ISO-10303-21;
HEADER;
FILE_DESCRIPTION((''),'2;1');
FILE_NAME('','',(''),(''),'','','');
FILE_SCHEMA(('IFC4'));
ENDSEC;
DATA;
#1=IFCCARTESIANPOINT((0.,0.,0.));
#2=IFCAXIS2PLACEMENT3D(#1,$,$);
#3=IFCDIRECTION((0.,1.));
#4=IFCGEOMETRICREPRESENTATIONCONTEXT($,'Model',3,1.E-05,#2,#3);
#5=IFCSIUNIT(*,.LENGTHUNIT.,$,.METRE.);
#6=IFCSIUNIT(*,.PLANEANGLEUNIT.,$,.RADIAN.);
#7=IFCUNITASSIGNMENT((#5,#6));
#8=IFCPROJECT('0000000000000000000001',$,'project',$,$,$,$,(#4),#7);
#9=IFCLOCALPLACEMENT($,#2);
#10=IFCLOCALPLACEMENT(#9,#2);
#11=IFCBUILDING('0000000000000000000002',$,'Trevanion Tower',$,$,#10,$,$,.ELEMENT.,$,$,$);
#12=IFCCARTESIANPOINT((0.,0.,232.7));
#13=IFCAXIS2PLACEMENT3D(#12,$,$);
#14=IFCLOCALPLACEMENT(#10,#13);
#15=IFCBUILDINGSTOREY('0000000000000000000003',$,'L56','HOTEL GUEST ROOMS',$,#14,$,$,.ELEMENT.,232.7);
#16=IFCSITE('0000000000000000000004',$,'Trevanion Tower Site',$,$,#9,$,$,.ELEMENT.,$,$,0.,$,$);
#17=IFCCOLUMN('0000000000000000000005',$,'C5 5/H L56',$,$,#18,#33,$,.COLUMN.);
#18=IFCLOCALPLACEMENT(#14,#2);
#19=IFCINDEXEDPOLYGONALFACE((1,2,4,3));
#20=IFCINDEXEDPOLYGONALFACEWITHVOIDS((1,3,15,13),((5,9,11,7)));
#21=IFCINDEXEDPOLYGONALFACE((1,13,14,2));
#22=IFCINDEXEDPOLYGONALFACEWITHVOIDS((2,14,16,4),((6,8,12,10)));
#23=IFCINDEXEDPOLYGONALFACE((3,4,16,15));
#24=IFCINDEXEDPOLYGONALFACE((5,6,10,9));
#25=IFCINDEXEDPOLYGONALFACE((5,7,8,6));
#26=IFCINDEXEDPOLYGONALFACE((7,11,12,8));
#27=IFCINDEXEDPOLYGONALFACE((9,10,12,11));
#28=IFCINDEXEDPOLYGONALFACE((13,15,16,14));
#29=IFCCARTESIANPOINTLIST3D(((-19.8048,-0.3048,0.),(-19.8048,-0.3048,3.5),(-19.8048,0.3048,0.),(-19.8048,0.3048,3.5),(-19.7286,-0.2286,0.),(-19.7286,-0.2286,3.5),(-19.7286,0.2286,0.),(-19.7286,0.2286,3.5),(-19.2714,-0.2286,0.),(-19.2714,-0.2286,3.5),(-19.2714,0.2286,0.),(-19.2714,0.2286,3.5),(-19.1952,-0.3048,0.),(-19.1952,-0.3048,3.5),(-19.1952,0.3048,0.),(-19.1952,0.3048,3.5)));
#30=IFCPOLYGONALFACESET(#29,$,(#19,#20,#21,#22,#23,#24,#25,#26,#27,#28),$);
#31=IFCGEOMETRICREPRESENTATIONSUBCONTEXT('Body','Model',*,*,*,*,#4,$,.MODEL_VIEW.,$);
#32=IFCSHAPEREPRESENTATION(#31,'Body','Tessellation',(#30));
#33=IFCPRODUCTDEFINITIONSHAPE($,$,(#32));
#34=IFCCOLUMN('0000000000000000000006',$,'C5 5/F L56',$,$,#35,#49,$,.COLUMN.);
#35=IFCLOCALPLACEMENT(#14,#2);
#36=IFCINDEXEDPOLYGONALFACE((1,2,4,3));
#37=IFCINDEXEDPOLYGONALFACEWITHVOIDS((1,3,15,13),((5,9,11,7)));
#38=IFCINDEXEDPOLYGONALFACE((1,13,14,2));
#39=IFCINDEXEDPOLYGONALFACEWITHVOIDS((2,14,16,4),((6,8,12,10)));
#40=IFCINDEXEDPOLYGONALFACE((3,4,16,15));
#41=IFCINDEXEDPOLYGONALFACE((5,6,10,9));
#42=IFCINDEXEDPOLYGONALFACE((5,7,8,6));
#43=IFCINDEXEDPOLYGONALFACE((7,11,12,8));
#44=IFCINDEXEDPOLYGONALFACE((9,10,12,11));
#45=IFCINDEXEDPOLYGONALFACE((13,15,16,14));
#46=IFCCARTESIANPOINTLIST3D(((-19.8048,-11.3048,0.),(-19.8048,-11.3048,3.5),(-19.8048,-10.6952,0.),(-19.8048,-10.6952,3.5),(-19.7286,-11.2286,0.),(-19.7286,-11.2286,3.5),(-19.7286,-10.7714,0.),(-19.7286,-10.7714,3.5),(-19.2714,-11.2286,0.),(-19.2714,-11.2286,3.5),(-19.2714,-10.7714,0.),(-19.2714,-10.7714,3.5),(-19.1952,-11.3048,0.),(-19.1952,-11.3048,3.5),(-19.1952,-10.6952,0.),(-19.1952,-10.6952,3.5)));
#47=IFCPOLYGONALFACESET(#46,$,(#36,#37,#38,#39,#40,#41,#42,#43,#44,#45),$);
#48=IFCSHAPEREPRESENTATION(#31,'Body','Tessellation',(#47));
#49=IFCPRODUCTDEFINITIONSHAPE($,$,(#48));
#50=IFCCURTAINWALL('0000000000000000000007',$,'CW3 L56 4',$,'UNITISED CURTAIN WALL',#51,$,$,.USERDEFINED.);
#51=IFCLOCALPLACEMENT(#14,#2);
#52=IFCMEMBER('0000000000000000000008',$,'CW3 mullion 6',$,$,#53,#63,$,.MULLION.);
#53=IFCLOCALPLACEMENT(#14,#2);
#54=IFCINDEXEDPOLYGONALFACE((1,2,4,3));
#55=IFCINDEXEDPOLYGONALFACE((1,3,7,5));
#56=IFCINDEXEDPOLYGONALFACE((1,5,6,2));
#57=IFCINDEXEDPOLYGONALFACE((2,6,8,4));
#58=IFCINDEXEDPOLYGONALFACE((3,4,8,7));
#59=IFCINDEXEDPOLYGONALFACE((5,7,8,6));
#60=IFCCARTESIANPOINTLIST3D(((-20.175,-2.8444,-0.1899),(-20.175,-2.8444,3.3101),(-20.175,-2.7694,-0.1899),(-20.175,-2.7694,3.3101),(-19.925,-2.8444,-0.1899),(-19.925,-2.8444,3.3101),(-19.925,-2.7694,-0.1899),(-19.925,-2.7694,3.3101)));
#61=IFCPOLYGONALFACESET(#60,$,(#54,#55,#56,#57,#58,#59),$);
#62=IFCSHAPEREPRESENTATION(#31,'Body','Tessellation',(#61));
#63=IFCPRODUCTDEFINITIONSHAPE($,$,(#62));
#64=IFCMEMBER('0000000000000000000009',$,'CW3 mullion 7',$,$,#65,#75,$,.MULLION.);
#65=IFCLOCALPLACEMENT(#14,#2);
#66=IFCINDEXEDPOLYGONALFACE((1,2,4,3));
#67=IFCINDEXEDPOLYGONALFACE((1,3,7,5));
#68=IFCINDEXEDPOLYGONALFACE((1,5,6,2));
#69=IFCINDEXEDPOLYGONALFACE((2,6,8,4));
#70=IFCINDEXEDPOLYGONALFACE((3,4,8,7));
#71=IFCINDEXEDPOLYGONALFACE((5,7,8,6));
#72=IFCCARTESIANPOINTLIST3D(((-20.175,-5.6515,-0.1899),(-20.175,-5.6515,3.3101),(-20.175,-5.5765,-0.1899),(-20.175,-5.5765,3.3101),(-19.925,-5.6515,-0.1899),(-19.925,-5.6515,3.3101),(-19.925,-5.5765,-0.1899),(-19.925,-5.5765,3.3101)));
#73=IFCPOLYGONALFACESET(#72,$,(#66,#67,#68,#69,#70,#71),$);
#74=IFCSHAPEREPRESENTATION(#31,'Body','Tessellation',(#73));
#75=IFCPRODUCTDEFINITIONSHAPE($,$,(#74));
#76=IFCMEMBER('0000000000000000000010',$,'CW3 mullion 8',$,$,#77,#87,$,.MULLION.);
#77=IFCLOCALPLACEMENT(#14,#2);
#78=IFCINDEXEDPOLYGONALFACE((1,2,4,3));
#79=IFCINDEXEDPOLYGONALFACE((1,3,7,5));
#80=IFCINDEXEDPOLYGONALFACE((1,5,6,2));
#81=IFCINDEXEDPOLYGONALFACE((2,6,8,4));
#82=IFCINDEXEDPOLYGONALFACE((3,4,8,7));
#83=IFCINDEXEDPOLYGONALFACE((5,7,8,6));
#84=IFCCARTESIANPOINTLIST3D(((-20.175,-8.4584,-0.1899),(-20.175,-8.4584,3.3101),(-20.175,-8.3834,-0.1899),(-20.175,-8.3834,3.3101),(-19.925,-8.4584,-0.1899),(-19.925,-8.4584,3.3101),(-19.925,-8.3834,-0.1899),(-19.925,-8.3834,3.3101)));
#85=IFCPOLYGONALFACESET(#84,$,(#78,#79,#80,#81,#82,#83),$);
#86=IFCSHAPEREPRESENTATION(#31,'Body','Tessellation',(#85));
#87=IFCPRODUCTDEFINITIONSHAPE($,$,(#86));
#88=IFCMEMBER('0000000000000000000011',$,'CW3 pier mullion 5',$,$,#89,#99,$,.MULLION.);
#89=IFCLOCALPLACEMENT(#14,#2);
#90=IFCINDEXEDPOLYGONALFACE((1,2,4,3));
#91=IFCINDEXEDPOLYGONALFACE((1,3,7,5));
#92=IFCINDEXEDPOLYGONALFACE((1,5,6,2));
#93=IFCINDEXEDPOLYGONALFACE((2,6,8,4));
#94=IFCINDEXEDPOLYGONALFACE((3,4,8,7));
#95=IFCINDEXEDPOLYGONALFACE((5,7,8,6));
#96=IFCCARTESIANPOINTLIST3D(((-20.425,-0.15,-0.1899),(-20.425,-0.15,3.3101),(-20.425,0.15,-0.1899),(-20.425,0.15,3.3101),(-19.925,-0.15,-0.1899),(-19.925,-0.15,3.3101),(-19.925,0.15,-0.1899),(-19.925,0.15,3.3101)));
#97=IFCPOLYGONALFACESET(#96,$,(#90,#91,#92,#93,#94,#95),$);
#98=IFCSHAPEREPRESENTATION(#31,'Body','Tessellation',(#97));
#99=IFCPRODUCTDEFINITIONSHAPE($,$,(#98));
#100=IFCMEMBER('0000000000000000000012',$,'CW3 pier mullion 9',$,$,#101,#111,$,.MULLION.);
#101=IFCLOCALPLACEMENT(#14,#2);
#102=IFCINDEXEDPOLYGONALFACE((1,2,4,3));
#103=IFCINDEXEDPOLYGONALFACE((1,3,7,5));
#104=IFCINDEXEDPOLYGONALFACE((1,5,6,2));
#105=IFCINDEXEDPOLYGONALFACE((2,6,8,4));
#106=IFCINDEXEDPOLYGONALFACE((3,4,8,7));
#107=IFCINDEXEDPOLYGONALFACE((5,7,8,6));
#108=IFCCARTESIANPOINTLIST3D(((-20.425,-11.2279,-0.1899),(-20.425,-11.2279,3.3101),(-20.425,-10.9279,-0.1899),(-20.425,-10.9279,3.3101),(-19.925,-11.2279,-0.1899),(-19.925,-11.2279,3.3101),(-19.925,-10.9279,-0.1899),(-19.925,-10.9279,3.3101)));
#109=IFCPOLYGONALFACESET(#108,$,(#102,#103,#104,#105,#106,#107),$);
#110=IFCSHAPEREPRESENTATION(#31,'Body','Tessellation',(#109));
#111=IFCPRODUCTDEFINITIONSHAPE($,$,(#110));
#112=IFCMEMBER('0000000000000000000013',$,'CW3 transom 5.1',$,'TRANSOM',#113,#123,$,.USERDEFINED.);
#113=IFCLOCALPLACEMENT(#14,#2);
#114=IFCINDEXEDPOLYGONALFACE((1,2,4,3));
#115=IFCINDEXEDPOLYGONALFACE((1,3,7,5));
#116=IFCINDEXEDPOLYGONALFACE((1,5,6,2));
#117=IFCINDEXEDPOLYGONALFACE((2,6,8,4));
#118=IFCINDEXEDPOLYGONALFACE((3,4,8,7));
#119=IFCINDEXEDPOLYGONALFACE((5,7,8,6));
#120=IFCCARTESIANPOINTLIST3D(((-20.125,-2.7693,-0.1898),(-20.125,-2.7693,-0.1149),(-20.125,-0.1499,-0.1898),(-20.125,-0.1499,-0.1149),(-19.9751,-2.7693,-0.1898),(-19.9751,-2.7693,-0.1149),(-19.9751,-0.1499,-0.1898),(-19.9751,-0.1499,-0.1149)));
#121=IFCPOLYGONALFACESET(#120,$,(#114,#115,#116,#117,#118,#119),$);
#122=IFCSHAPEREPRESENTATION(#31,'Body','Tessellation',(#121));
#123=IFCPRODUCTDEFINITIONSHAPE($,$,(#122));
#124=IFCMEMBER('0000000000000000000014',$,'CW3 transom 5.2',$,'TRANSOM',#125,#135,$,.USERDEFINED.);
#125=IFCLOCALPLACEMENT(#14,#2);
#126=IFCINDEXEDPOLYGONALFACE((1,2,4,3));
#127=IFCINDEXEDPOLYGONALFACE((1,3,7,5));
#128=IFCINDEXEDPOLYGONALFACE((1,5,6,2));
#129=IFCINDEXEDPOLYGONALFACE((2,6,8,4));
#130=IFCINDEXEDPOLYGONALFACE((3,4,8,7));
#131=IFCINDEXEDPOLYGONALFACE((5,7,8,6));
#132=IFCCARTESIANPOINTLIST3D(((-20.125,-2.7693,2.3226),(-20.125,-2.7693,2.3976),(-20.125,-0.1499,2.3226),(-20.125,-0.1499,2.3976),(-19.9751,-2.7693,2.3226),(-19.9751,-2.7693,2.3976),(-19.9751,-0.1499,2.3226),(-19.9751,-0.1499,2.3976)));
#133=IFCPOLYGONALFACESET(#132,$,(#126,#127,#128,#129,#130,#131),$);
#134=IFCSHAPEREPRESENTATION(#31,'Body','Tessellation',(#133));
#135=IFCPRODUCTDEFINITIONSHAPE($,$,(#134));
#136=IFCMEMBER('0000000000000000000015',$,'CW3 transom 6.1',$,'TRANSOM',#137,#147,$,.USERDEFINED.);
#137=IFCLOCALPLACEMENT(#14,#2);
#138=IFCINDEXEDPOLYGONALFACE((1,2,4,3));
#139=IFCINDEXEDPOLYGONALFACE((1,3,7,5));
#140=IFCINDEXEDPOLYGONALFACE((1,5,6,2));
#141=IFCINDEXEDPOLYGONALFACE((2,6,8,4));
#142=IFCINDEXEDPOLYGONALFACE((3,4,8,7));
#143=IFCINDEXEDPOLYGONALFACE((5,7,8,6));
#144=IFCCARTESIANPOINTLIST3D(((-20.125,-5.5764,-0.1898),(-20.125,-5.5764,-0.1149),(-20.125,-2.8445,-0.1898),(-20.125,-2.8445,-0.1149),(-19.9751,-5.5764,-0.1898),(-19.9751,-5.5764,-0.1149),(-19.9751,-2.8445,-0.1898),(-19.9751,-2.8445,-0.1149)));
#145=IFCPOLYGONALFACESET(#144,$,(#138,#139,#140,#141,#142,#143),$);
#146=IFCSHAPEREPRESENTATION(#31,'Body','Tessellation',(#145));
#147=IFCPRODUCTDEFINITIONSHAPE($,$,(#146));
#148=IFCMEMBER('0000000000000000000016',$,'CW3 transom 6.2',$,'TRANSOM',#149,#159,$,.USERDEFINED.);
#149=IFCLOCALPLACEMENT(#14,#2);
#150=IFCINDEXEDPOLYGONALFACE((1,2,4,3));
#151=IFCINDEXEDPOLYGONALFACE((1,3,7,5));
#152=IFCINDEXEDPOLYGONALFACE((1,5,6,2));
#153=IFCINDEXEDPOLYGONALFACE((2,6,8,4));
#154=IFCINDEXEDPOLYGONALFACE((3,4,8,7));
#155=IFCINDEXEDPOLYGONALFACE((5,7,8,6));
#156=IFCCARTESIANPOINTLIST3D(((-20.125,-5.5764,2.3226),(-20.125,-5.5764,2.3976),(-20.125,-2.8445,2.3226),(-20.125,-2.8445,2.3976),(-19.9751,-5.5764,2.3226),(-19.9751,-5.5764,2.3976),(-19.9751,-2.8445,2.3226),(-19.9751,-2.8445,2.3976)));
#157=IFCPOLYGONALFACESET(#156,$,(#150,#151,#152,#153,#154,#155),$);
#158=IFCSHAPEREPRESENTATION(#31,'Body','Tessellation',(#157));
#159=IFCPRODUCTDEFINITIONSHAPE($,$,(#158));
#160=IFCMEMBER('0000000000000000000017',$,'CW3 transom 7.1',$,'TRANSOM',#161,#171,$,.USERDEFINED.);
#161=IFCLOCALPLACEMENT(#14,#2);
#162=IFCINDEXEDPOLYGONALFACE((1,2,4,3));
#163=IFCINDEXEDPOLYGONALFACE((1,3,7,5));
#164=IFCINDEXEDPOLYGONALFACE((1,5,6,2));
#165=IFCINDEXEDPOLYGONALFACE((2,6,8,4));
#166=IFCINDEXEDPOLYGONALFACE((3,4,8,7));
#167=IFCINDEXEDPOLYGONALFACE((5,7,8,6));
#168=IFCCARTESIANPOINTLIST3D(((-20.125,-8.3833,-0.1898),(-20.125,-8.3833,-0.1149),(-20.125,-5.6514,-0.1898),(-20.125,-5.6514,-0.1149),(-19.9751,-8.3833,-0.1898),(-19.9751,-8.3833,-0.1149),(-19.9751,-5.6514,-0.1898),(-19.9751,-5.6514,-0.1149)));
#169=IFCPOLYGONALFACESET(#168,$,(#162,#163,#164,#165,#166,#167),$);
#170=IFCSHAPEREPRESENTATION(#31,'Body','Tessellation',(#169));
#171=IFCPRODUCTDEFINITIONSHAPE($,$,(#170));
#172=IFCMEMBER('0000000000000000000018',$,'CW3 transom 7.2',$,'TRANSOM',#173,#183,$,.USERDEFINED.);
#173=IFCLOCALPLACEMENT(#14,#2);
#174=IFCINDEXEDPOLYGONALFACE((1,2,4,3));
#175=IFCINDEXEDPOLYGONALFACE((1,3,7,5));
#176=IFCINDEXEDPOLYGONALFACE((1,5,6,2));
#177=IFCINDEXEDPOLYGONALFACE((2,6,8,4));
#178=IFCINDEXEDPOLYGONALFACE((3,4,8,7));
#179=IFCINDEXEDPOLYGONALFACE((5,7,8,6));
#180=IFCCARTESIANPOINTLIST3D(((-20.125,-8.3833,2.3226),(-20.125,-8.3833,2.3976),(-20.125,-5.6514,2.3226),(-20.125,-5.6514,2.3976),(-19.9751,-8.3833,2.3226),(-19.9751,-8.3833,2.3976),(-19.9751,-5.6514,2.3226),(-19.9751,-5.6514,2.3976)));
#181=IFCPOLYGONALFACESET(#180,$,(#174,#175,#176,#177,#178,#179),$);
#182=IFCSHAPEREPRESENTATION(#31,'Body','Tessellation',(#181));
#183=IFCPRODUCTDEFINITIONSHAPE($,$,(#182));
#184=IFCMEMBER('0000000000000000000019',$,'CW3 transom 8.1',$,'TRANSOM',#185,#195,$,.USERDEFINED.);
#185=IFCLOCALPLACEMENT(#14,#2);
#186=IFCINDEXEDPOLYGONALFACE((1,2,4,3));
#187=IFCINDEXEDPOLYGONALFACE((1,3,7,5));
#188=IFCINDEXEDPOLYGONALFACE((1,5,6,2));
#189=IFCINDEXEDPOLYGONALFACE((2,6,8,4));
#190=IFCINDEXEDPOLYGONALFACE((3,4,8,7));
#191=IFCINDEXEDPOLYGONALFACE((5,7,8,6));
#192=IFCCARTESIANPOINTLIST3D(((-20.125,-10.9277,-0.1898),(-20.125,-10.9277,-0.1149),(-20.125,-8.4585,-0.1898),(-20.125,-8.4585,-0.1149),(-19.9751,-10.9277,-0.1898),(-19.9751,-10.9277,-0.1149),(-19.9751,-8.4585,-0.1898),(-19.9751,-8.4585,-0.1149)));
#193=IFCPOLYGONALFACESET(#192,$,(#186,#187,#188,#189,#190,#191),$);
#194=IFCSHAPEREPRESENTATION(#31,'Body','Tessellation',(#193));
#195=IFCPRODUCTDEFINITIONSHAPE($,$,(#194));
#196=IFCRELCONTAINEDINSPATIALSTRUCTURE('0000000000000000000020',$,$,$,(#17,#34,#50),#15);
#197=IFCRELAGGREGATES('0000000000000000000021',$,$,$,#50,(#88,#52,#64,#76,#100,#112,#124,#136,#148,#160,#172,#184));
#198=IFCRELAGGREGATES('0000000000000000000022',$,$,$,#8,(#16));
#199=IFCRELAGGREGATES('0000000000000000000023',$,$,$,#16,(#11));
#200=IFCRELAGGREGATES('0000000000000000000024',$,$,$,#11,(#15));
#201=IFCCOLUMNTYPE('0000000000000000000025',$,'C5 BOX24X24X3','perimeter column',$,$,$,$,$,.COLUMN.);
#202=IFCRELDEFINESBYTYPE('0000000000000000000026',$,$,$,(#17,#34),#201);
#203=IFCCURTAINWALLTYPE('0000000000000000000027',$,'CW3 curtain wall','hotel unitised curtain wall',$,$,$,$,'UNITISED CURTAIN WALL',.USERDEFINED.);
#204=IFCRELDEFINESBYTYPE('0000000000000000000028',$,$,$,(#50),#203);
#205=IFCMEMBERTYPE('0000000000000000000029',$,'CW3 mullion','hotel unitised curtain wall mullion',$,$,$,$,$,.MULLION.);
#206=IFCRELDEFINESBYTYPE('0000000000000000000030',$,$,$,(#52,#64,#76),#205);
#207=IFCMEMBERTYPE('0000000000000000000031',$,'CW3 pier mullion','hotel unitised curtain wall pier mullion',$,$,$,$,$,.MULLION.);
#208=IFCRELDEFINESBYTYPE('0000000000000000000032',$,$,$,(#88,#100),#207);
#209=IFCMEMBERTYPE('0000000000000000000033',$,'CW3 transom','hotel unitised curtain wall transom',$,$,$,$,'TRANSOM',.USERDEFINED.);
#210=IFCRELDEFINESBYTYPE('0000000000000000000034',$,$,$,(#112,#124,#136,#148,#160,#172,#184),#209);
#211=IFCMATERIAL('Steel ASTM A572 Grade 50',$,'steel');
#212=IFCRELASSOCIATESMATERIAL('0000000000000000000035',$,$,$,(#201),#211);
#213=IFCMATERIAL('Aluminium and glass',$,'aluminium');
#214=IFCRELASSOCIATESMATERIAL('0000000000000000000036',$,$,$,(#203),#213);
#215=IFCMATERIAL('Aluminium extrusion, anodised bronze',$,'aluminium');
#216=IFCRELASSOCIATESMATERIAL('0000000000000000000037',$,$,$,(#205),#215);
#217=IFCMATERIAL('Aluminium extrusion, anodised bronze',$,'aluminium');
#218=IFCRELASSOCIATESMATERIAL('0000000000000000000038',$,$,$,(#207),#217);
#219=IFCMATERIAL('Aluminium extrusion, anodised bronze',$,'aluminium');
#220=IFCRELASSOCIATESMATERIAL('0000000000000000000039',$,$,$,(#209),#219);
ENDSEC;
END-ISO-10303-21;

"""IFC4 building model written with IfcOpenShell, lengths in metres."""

from ifc_helpers import new_model, si_unit, direction, frame, origin, origin_2d, place, context, subcontext, project, spatial, rectangle, hollow_rectangle, extrude, material, material_profile, profile_set, type_object, element, aggregate, save


model = new_model("IFC4")

# Units and contexts
model_context = context("Model", 3, precision=1e-05, world=origin(), true_north=direction((0.0, 1.0)))
body_context = subcontext(model_context, "Body", "Model", "MODEL_VIEW")
ifc_project = project(units=[si_unit("LENGTHUNIT", "METRE"), si_unit("PLANEANGLEUNIT", "RADIAN")], contexts=[model_context])

# Site, building, storey
site_placement = place(None, origin())
site = spatial("IfcSite", under=ifc_project, at=site_placement, Name="Trevanion Tower Site", CompositionType="ELEMENT", RefElevation=0.0)
building_placement = place(site_placement, origin())
building = spatial("IfcBuilding", under=site, at=building_placement, Name="Trevanion Tower", CompositionType="ELEMENT")
storey_placement = place(building_placement, frame((0.0, 0.0, 232.7)))
storey = spatial("IfcBuildingStorey", under=building, at=storey_placement, Name="L56", Description="HOTEL GUEST ROOMS", CompositionType="ELEMENT", Elevation=232.7)

# Columns
ifc_material_1 = material(Name="Steel ASTM A572 Grade 50", Category="steel")
ifc_material_profile_1 = material_profile(ifc_material_1, hollow_rectangle(XDim=0.6096, YDim=0.6096, WallThickness=0.0762, at=origin_2d()), Name="BOX24X24X3")
ifc_profile_set_1 = profile_set([ifc_material_profile_1], Name="Steel ASTM A572 Grade 50")
column_type = type_object("IfcColumnType", Name="C5 BOX24X24X3", Description="perimeter column", PredefinedType="COLUMN", material=ifc_profile_set_1)
for number, where, z_axis, x_axis, name in (
    (1, (-19.5, 0.0, 0.0), (0.0, 0.0, 1.0), (0.0, 1.0, 0.0), "C5 5/H L56"),
    (2, (-19.5, -11.0, 0.0), (0.0, 0.0, 1.0), (0.0, 1.0, 0.0), "C5 5/F L56"),
):
    element("IfcColumn", number, at=place(storey_placement, frame(where, z_axis=z_axis, x_axis=x_axis)), inside=storey, type_object=column_type, Name=name, PredefinedType="COLUMN", context=body_context, shape_type="SweptSolid", body=[
        extrude(hollow_rectangle(XDim=0.6096, YDim=0.6096, WallThickness=0.0762, at=origin_2d()), origin(), (0.0, 0.0, 1.0), 3.5),
    ])

# Curtain wall, members
ifc_material_2 = material(Name="Aluminium and glass", Category="aluminium")
curtain_wall_type = type_object("IfcCurtainWallType", Name="CW3 curtain wall", Description="hotel unitised curtain wall", ElementType="UNITISED CURTAIN WALL", PredefinedType="USERDEFINED", material=ifc_material_2)
curtain_wall_placement = place(storey_placement, origin())
curtain_wall = element("IfcCurtainWall", 3, at=curtain_wall_placement, inside=storey, type_object=curtain_wall_type, Name="CW3 L56 4", ObjectType="UNITISED CURTAIN WALL", PredefinedType="USERDEFINED")
ifc_material_3 = material(Name="Aluminium extrusion, anodised bronze", Category="aluminium")
ifc_material_profile_2 = material_profile(ifc_material_3, rectangle(XDim=0.075, YDim=0.25, at=origin_2d()), Name="CW3 mullion")
ifc_profile_set_2 = profile_set([ifc_material_profile_2], Name="Aluminium extrusion, anodised bronze")
member_type_1 = type_object("IfcMemberType", Name="CW3 mullion", Description="hotel unitised curtain wall mullion", PredefinedType="MULLION", material=ifc_profile_set_2)
member_1_placement = place(storey_placement, frame((-20.05, -2.8069, -0.1899), z_axis=(0.0, 0.0, 1.0), x_axis=(0.0, -1.0, 0.0)))
member_1 = element("IfcMember", 4, at=member_1_placement, type_object=member_type_1, Name="CW3 mullion 6", PredefinedType="MULLION", context=body_context, shape_type="SweptSolid", body=[
    extrude(rectangle(XDim=0.075, YDim=0.25, at=origin_2d()), origin(), (0.0, 0.0, 1.0), 3.5),
])
member_2_placement = place(storey_placement, frame((-20.05, -5.614, -0.1899), z_axis=(0.0, 0.0, 1.0), x_axis=(0.0, -1.0, 0.0)))
member_2 = element("IfcMember", 5, at=member_2_placement, type_object=member_type_1, Name="CW3 mullion 7", PredefinedType="MULLION", context=body_context, shape_type="SweptSolid", body=[
    extrude(rectangle(XDim=0.075, YDim=0.25, at=origin_2d()), origin(), (0.0, 0.0, 1.0), 3.5),
])
member_3_placement = place(storey_placement, frame((-20.05, -8.4209, -0.1899), z_axis=(0.0, 0.0, 1.0), x_axis=(0.0, -1.0, 0.0)))
member_3 = element("IfcMember", 6, at=member_3_placement, type_object=member_type_1, Name="CW3 mullion 8", PredefinedType="MULLION", context=body_context, shape_type="SweptSolid", body=[
    extrude(rectangle(XDim=0.075, YDim=0.25, at=origin_2d()), origin(), (0.0, 0.0, 1.0), 3.5),
])
ifc_material_4 = material(Name="Aluminium extrusion, anodised bronze", Category="aluminium")
ifc_material_profile_3 = material_profile(ifc_material_4, rectangle(XDim=0.3, YDim=0.5, at=origin_2d()), Name="CW3 pier mullion")
ifc_profile_set_3 = profile_set([ifc_material_profile_3], Name="Aluminium extrusion, anodised bronze")
member_type_2 = type_object("IfcMemberType", Name="CW3 pier mullion", Description="hotel unitised curtain wall pier mullion", PredefinedType="MULLION", material=ifc_profile_set_3)
member_4_placement = place(storey_placement, frame((-20.175, 0.0, -0.1899), z_axis=(0.0, 0.0, 1.0), x_axis=(0.0, -1.0, 0.0)))
member_4 = element("IfcMember", 7, at=member_4_placement, type_object=member_type_2, Name="CW3 pier mullion 5", PredefinedType="MULLION", context=body_context, shape_type="SweptSolid", body=[
    extrude(rectangle(XDim=0.3, YDim=0.5, at=origin_2d()), origin(), (0.0, 0.0, 1.0), 3.5),
])
member_5_placement = place(storey_placement, frame((-20.175, -11.0779, -0.1899), z_axis=(0.0, 0.0, 1.0), x_axis=(0.0, -1.0, 0.0)))
member_5 = element("IfcMember", 8, at=member_5_placement, type_object=member_type_2, Name="CW3 pier mullion 9", PredefinedType="MULLION", context=body_context, shape_type="SweptSolid", body=[
    extrude(rectangle(XDim=0.3, YDim=0.5, at=origin_2d()), origin(), (0.0, 0.0, 1.0), 3.5),
])
ifc_material_5 = material(Name="Aluminium extrusion, anodised bronze", Category="aluminium")
ifc_material_profile_4 = material_profile(ifc_material_5, rectangle(XDim=0.1499, YDim=0.075, at=origin_2d()), Name="CW3 transom")
ifc_profile_set_4 = profile_set([ifc_material_profile_4], Name="Aluminium extrusion, anodised bronze")
member_type_3 = type_object("IfcMemberType", Name="CW3 transom", Description="hotel unitised curtain wall transom", ElementType="TRANSOM", PredefinedType="USERDEFINED", material=ifc_profile_set_4)
member_6_placement = place(storey_placement, frame((-20.05, -0.1499, -0.1523), z_axis=(0.0, -1.0, 0.0), x_axis=(1.0, 0.0, 0.0)))
member_6 = element("IfcMember", 9, at=member_6_placement, type_object=member_type_3, Name="CW3 transom 5.1", ObjectType="TRANSOM", PredefinedType="USERDEFINED", context=body_context, shape_type="SweptSolid", body=[
    extrude(rectangle(XDim=0.1499, YDim=0.075, at=origin_2d()), origin(), (0.0, 0.0, 1.0), 2.6194),
])
member_7_placement = place(storey_placement, frame((-20.05, -0.1499, 2.3601), z_axis=(0.0, -1.0, 0.0), x_axis=(1.0, 0.0, 0.0)))
member_7 = element("IfcMember", 10, at=member_7_placement, type_object=member_type_3, Name="CW3 transom 5.2", ObjectType="TRANSOM", PredefinedType="USERDEFINED", context=body_context, shape_type="SweptSolid", body=[
    extrude(rectangle(XDim=0.1499, YDim=0.075, at=origin_2d()), origin(), (0.0, 0.0, 1.0), 2.6194),
])
member_8_placement = place(storey_placement, frame((-20.05, -2.8445, -0.1523), z_axis=(0.0, -1.0, 0.0), x_axis=(1.0, 0.0, 0.0)))
member_8 = element("IfcMember", 11, at=member_8_placement, type_object=member_type_3, Name="CW3 transom 6.1", ObjectType="TRANSOM", PredefinedType="USERDEFINED", context=body_context, shape_type="SweptSolid", body=[
    extrude(rectangle(XDim=0.1499, YDim=0.075, at=origin_2d()), origin(), (0.0, 0.0, 1.0), 2.7319),
])
member_9_placement = place(storey_placement, frame((-20.05, -2.8445, 2.3601), z_axis=(0.0, -1.0, 0.0), x_axis=(1.0, 0.0, 0.0)))
member_9 = element("IfcMember", 12, at=member_9_placement, type_object=member_type_3, Name="CW3 transom 6.2", ObjectType="TRANSOM", PredefinedType="USERDEFINED", context=body_context, shape_type="SweptSolid", body=[
    extrude(rectangle(XDim=0.1499, YDim=0.075, at=origin_2d()), origin(), (0.0, 0.0, 1.0), 2.7319),
])
member_10_placement = place(storey_placement, frame((-20.05, -5.6514, -0.1523), z_axis=(0.0, -1.0, 0.0), x_axis=(1.0, 0.0, 0.0)))
member_10 = element("IfcMember", 13, at=member_10_placement, type_object=member_type_3, Name="CW3 transom 7.1", ObjectType="TRANSOM", PredefinedType="USERDEFINED", context=body_context, shape_type="SweptSolid", body=[
    extrude(rectangle(XDim=0.1499, YDim=0.075, at=origin_2d()), origin(), (0.0, 0.0, 1.0), 2.7319),
])
member_11_placement = place(storey_placement, frame((-20.05, -5.6514, 2.3601), z_axis=(0.0, -1.0, 0.0), x_axis=(1.0, 0.0, 0.0)))
member_11 = element("IfcMember", 14, at=member_11_placement, type_object=member_type_3, Name="CW3 transom 7.2", ObjectType="TRANSOM", PredefinedType="USERDEFINED", context=body_context, shape_type="SweptSolid", body=[
    extrude(rectangle(XDim=0.1499, YDim=0.075, at=origin_2d()), origin(), (0.0, 0.0, 1.0), 2.7319),
])
member_12_placement = place(storey_placement, frame((-20.05, -8.4585, -0.1523), z_axis=(0.0, -1.0, 0.0), x_axis=(1.0, 0.0, 0.0)))
member_12 = element("IfcMember", 15, at=member_12_placement, type_object=member_type_3, Name="CW3 transom 8.1", ObjectType="TRANSOM", PredefinedType="USERDEFINED", context=body_context, shape_type="SweptSolid", body=[
    extrude(rectangle(XDim=0.1499, YDim=0.075, at=origin_2d()), origin(), (0.0, 0.0, 1.0), 2.4692),
])

aggregate(curtain_wall, [member_4, member_1, member_2, member_3, member_5, member_6, member_7, member_8, member_9, member_10, member_11, member_12])

save(model, "model.ifc")
